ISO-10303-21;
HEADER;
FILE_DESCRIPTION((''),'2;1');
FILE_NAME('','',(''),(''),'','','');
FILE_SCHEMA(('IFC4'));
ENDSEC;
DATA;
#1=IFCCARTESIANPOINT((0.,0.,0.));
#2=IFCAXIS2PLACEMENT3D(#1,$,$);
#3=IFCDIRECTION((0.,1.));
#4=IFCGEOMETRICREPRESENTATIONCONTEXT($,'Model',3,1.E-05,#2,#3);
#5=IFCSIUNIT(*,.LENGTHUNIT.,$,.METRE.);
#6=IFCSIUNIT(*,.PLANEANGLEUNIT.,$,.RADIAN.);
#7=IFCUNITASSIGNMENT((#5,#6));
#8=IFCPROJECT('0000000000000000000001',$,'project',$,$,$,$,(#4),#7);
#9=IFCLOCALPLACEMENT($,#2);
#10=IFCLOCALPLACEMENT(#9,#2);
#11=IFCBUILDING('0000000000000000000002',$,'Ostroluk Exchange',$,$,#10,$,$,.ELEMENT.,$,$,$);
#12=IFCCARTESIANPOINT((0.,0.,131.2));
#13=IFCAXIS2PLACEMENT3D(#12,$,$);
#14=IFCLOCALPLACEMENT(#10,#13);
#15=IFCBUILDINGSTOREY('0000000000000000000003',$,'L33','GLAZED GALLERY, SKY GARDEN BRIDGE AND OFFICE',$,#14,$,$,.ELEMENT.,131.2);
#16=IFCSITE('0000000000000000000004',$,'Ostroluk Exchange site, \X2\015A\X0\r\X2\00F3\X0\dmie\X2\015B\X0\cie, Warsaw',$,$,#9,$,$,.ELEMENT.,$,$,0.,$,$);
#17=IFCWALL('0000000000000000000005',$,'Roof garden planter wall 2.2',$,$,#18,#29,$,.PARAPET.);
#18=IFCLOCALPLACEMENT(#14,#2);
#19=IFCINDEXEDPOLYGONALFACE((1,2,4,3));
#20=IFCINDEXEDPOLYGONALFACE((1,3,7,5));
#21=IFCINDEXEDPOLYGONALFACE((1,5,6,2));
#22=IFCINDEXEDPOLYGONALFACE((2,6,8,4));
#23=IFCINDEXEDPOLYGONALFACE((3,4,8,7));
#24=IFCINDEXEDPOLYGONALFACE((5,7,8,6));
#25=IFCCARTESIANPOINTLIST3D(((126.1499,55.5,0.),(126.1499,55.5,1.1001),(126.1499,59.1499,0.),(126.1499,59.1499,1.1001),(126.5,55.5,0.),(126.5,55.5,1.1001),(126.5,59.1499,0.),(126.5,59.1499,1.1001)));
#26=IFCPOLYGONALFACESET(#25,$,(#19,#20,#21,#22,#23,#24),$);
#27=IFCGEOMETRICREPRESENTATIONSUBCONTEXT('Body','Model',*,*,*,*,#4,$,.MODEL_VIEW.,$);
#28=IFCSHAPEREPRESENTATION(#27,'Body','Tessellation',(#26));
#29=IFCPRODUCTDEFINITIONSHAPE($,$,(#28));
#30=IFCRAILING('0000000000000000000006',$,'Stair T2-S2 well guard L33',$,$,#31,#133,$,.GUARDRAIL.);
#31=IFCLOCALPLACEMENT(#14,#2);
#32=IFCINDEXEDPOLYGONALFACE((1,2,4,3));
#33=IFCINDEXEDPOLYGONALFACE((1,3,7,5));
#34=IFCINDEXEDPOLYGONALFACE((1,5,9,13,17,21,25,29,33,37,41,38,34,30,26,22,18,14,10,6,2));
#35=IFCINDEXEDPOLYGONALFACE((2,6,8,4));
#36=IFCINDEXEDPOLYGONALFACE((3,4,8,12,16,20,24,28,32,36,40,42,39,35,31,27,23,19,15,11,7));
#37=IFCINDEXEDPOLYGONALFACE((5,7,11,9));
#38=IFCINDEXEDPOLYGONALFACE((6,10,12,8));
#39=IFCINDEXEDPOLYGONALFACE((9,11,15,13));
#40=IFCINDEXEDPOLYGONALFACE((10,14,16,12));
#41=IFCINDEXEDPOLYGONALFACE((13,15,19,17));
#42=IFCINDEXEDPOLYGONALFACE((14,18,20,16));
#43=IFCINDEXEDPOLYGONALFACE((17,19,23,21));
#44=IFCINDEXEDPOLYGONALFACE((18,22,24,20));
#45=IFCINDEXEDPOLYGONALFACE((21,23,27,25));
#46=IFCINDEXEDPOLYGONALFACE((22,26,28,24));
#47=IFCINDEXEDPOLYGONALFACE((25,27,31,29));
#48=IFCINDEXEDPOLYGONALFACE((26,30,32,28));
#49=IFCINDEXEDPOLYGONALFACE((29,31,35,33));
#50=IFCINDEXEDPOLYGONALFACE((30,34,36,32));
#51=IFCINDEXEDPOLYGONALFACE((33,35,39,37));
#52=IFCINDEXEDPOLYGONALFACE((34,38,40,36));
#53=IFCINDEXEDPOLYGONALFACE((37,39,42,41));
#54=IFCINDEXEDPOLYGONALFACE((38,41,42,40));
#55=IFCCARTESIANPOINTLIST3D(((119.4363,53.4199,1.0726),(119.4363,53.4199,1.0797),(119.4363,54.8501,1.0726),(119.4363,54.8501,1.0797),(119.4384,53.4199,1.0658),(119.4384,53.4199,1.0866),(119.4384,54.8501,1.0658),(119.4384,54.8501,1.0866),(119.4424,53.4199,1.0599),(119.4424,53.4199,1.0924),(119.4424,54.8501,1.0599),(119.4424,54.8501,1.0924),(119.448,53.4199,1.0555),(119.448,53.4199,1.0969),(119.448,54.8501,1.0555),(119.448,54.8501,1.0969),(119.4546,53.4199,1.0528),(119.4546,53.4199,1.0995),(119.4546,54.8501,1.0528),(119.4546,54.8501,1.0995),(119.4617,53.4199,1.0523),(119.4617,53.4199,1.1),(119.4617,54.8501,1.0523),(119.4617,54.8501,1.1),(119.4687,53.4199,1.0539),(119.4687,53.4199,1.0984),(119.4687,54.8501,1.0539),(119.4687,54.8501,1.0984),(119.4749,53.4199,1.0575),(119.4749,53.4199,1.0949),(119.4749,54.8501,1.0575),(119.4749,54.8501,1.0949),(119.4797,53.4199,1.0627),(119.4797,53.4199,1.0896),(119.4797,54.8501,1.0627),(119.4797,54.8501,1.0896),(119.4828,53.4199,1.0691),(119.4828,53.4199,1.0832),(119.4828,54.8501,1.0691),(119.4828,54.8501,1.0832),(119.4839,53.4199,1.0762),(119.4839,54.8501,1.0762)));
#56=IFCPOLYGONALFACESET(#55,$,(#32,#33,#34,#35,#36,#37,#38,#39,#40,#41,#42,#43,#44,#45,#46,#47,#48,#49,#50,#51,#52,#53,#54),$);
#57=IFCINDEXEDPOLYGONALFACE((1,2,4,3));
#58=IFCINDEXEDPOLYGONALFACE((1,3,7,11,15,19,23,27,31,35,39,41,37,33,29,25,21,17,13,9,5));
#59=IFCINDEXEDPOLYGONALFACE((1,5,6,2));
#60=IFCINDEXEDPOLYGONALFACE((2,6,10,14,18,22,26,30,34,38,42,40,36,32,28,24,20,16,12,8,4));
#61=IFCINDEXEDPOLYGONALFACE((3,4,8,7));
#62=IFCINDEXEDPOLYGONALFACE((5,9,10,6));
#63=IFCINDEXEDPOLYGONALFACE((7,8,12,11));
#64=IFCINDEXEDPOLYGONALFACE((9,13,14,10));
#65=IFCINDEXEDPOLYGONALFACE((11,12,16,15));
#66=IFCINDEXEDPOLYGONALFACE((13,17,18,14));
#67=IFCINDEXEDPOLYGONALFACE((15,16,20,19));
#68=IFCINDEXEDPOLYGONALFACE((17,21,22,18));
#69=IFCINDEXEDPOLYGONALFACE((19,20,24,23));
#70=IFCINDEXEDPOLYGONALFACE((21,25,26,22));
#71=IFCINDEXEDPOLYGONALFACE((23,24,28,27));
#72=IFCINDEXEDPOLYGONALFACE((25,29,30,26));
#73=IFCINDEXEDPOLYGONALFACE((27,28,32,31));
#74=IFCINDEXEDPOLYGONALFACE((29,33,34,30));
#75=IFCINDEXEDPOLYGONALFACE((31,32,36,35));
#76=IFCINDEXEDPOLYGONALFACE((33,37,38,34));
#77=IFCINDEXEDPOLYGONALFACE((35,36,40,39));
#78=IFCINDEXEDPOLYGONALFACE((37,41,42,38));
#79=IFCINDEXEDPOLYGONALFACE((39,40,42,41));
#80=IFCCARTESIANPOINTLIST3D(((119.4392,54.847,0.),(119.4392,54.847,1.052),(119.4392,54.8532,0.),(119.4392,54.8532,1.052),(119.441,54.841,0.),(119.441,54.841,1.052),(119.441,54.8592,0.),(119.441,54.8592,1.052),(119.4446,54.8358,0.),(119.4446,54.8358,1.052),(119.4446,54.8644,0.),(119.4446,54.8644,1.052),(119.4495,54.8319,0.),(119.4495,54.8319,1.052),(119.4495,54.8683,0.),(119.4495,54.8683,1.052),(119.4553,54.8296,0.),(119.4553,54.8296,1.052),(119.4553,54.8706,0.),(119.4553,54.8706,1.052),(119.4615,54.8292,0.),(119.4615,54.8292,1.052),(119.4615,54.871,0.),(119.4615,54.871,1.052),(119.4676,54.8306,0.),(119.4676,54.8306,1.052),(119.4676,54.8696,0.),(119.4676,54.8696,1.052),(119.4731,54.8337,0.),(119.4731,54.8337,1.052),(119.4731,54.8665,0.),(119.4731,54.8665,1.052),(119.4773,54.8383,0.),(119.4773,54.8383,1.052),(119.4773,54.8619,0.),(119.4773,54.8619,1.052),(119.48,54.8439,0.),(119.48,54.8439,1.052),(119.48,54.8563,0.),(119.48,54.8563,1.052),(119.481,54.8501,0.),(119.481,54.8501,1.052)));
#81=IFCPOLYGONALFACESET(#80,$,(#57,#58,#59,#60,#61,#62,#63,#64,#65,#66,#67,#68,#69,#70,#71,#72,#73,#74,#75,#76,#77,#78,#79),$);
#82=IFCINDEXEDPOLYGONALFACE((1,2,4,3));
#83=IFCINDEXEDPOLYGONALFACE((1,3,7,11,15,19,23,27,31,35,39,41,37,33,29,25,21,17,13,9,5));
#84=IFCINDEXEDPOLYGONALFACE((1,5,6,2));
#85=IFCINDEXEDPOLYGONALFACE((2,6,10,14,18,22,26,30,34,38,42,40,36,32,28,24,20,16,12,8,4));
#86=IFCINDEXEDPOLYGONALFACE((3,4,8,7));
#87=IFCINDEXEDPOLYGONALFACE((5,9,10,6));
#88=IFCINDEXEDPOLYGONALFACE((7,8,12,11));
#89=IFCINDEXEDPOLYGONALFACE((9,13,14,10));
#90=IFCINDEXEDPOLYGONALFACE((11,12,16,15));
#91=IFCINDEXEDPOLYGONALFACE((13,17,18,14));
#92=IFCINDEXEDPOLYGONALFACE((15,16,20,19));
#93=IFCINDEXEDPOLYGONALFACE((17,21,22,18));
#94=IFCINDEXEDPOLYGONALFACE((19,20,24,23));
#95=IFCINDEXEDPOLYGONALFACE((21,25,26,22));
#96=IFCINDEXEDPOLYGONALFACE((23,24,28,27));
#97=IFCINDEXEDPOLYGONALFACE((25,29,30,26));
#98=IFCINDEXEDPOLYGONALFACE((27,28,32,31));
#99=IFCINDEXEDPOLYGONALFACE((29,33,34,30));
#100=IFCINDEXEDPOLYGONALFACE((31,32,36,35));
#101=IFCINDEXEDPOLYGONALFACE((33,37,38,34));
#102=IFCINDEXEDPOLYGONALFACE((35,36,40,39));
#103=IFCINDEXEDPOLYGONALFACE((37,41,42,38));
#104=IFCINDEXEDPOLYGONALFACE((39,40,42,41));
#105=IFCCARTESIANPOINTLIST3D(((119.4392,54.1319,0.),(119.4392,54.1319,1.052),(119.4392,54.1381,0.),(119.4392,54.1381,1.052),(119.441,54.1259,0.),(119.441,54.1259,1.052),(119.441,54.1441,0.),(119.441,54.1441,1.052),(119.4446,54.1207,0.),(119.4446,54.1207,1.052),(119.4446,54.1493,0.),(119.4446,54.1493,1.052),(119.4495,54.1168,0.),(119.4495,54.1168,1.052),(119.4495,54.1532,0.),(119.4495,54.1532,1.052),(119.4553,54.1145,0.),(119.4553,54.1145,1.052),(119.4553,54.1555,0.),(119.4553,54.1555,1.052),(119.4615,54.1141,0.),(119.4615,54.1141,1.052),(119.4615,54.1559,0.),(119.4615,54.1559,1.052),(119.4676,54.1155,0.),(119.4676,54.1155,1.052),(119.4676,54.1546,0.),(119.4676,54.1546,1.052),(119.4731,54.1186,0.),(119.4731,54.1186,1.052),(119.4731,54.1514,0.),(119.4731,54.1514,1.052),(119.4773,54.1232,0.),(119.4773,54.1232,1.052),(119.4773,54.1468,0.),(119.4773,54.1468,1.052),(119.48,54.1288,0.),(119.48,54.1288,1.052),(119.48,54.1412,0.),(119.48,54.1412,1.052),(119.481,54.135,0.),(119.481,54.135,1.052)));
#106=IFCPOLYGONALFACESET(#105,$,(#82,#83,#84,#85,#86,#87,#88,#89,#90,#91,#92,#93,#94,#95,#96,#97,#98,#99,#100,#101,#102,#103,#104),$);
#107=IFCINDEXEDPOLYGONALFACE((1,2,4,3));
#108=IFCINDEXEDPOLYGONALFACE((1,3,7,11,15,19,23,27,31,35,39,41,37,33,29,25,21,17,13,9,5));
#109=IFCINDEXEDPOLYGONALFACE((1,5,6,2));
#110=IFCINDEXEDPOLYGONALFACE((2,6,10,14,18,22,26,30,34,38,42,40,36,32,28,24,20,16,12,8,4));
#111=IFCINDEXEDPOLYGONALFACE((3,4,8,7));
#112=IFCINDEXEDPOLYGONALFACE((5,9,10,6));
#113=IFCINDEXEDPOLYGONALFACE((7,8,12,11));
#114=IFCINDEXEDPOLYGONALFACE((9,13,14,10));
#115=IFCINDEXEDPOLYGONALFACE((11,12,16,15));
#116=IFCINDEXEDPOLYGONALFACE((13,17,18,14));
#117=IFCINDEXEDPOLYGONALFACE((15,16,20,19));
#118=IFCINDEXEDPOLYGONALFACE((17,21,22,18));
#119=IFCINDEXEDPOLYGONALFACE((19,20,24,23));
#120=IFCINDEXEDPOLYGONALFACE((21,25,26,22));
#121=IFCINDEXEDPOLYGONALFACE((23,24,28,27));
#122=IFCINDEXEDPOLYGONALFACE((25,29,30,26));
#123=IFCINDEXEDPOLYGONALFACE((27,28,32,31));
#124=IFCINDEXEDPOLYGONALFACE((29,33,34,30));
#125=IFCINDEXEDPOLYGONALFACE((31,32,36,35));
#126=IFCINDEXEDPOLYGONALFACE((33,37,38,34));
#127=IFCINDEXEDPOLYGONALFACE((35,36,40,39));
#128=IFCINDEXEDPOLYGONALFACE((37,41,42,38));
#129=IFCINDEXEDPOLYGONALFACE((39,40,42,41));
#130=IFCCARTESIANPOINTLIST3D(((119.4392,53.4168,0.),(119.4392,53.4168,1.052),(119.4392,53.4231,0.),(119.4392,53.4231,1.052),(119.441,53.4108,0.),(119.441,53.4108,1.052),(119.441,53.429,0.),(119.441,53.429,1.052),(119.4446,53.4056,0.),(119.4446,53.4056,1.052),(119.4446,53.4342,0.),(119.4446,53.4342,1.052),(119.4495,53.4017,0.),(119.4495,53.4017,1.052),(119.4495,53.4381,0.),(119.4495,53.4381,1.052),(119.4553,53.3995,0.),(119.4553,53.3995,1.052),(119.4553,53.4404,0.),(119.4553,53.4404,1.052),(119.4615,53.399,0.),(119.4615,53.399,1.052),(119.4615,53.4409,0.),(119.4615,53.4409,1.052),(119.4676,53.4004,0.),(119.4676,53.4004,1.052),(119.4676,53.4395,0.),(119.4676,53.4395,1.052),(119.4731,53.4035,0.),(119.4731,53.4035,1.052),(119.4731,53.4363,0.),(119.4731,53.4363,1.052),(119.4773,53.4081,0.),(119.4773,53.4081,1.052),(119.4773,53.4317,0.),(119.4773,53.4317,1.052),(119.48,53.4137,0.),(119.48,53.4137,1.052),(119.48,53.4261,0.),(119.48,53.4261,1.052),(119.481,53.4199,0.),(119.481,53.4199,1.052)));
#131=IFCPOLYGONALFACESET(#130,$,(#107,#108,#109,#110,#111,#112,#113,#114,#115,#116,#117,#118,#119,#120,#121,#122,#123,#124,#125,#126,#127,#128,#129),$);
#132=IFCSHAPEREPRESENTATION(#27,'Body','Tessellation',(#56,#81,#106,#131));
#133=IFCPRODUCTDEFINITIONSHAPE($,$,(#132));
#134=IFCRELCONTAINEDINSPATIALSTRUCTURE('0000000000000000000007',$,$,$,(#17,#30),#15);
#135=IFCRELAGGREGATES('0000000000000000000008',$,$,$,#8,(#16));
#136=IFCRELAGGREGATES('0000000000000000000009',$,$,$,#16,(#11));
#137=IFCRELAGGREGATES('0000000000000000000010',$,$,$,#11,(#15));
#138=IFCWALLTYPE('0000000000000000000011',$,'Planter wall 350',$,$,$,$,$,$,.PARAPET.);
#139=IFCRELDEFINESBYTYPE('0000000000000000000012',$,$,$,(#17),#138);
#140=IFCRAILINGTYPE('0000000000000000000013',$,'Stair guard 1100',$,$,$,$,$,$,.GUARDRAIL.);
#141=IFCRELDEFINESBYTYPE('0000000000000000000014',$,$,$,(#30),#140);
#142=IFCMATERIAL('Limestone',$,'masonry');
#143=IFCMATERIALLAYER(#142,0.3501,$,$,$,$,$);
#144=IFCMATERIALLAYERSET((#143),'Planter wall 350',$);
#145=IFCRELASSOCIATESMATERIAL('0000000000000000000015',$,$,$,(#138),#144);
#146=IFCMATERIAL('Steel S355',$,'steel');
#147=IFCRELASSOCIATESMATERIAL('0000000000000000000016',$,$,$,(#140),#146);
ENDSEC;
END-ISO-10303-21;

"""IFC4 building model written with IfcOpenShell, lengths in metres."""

from ifc_helpers import new_model, si_unit, direction, frame, frame_2d, origin, origin_2d, place, context, subcontext, project, spatial, rectangle, circle, extrude, material, layer, layer_set, type_object, element, save


model = new_model("IFC4")

# Units and contexts
model_context = context("Model", 3, precision=1e-05, world=origin(), true_north=direction((0.0, 1.0)))
body_context = subcontext(model_context, "Body", "Model", "MODEL_VIEW")
ifc_project = project(units=[si_unit("LENGTHUNIT", "METRE"), si_unit("PLANEANGLEUNIT", "RADIAN")], contexts=[model_context])

# Site, building, storey
site_placement = place(None, origin())
site = spatial("IfcSite", under=ifc_project, at=site_placement, Name="Ostroluk Exchange site, Śródmieście, Warsaw", CompositionType="ELEMENT", RefElevation=0.0)
building_placement = place(site_placement, origin())
building = spatial("IfcBuilding", under=site, at=building_placement, Name="Ostroluk Exchange", CompositionType="ELEMENT")
storey_placement = place(building_placement, frame((0.0, 0.0, 131.2)))
storey = spatial("IfcBuildingStorey", under=building, at=storey_placement, Name="L33", Description="GLAZED GALLERY, SKY GARDEN BRIDGE AND OFFICE", CompositionType="ELEMENT", Elevation=131.2)

# Wall
ifc_material_1 = material(Name="Limestone", Category="masonry")
ifc_layer_1 = layer(ifc_material_1, 0.3501)
ifc_layer_set_1 = layer_set([ifc_layer_1], Name="Planter wall 350")
wall_type_1 = type_object("IfcWallType", Name="Planter wall 350", PredefinedType="PARAPET", material=ifc_layer_set_1)
wall_1_placement = place(storey_placement, frame((126.325, 55.5, 0.0), z_axis=(0.0, 0.0, 1.0), x_axis=(0.0, 1.0, 0.0)))
element("IfcWall", 1, at=wall_1_placement, inside=storey, type_object=wall_type_1, Name="Roof garden planter wall 2.2", PredefinedType="PARAPET", context=body_context, shape_type="SweptSolid", body=[
    extrude(rectangle(XDim=3.6499, YDim=0.3501, at=frame_2d((1.825, 0.0))), origin(), (0.0, 0.0, 1.0), 1.1001),
])

# Railing
ifc_material_2 = material(Name="Steel S355", Category="steel")
railing_type = type_object("IfcRailingType", Name="Stair guard 1100", PredefinedType="GUARDRAIL", material=ifc_material_2)
railing_placement = place(storey_placement, frame((119.46, 54.8501, 0.0)))
element("IfcRailing", 2, at=railing_placement, inside=storey, type_object=railing_type, Name="Stair T2-S2 well guard L33", PredefinedType="GUARDRAIL", context=body_context, shape_type="SweptSolid", body=[
    extrude(circle(Radius=0.0239, at=origin_2d()), frame((0.0, 0.0, 1.0762), z_axis=(0.0, -1.0, 0.0), x_axis=(1.0, 0.0, 0.0)), (0.0, 0.0, 1.0), 1.4302),
    extrude(circle(Radius=0.021, at=origin_2d()), origin(), (0.0, 0.0, 1.0), 1.052),
    extrude(circle(Radius=0.021, at=origin_2d()), frame((0.0, -0.7151, 0.0)), (0.0, 0.0, 1.0), 1.052),
    extrude(circle(Radius=0.021, at=origin_2d()), frame((0.0, -1.4302, 0.0)), (0.0, 0.0, 1.0), 1.052),
])

save(model, "model.ifc")
